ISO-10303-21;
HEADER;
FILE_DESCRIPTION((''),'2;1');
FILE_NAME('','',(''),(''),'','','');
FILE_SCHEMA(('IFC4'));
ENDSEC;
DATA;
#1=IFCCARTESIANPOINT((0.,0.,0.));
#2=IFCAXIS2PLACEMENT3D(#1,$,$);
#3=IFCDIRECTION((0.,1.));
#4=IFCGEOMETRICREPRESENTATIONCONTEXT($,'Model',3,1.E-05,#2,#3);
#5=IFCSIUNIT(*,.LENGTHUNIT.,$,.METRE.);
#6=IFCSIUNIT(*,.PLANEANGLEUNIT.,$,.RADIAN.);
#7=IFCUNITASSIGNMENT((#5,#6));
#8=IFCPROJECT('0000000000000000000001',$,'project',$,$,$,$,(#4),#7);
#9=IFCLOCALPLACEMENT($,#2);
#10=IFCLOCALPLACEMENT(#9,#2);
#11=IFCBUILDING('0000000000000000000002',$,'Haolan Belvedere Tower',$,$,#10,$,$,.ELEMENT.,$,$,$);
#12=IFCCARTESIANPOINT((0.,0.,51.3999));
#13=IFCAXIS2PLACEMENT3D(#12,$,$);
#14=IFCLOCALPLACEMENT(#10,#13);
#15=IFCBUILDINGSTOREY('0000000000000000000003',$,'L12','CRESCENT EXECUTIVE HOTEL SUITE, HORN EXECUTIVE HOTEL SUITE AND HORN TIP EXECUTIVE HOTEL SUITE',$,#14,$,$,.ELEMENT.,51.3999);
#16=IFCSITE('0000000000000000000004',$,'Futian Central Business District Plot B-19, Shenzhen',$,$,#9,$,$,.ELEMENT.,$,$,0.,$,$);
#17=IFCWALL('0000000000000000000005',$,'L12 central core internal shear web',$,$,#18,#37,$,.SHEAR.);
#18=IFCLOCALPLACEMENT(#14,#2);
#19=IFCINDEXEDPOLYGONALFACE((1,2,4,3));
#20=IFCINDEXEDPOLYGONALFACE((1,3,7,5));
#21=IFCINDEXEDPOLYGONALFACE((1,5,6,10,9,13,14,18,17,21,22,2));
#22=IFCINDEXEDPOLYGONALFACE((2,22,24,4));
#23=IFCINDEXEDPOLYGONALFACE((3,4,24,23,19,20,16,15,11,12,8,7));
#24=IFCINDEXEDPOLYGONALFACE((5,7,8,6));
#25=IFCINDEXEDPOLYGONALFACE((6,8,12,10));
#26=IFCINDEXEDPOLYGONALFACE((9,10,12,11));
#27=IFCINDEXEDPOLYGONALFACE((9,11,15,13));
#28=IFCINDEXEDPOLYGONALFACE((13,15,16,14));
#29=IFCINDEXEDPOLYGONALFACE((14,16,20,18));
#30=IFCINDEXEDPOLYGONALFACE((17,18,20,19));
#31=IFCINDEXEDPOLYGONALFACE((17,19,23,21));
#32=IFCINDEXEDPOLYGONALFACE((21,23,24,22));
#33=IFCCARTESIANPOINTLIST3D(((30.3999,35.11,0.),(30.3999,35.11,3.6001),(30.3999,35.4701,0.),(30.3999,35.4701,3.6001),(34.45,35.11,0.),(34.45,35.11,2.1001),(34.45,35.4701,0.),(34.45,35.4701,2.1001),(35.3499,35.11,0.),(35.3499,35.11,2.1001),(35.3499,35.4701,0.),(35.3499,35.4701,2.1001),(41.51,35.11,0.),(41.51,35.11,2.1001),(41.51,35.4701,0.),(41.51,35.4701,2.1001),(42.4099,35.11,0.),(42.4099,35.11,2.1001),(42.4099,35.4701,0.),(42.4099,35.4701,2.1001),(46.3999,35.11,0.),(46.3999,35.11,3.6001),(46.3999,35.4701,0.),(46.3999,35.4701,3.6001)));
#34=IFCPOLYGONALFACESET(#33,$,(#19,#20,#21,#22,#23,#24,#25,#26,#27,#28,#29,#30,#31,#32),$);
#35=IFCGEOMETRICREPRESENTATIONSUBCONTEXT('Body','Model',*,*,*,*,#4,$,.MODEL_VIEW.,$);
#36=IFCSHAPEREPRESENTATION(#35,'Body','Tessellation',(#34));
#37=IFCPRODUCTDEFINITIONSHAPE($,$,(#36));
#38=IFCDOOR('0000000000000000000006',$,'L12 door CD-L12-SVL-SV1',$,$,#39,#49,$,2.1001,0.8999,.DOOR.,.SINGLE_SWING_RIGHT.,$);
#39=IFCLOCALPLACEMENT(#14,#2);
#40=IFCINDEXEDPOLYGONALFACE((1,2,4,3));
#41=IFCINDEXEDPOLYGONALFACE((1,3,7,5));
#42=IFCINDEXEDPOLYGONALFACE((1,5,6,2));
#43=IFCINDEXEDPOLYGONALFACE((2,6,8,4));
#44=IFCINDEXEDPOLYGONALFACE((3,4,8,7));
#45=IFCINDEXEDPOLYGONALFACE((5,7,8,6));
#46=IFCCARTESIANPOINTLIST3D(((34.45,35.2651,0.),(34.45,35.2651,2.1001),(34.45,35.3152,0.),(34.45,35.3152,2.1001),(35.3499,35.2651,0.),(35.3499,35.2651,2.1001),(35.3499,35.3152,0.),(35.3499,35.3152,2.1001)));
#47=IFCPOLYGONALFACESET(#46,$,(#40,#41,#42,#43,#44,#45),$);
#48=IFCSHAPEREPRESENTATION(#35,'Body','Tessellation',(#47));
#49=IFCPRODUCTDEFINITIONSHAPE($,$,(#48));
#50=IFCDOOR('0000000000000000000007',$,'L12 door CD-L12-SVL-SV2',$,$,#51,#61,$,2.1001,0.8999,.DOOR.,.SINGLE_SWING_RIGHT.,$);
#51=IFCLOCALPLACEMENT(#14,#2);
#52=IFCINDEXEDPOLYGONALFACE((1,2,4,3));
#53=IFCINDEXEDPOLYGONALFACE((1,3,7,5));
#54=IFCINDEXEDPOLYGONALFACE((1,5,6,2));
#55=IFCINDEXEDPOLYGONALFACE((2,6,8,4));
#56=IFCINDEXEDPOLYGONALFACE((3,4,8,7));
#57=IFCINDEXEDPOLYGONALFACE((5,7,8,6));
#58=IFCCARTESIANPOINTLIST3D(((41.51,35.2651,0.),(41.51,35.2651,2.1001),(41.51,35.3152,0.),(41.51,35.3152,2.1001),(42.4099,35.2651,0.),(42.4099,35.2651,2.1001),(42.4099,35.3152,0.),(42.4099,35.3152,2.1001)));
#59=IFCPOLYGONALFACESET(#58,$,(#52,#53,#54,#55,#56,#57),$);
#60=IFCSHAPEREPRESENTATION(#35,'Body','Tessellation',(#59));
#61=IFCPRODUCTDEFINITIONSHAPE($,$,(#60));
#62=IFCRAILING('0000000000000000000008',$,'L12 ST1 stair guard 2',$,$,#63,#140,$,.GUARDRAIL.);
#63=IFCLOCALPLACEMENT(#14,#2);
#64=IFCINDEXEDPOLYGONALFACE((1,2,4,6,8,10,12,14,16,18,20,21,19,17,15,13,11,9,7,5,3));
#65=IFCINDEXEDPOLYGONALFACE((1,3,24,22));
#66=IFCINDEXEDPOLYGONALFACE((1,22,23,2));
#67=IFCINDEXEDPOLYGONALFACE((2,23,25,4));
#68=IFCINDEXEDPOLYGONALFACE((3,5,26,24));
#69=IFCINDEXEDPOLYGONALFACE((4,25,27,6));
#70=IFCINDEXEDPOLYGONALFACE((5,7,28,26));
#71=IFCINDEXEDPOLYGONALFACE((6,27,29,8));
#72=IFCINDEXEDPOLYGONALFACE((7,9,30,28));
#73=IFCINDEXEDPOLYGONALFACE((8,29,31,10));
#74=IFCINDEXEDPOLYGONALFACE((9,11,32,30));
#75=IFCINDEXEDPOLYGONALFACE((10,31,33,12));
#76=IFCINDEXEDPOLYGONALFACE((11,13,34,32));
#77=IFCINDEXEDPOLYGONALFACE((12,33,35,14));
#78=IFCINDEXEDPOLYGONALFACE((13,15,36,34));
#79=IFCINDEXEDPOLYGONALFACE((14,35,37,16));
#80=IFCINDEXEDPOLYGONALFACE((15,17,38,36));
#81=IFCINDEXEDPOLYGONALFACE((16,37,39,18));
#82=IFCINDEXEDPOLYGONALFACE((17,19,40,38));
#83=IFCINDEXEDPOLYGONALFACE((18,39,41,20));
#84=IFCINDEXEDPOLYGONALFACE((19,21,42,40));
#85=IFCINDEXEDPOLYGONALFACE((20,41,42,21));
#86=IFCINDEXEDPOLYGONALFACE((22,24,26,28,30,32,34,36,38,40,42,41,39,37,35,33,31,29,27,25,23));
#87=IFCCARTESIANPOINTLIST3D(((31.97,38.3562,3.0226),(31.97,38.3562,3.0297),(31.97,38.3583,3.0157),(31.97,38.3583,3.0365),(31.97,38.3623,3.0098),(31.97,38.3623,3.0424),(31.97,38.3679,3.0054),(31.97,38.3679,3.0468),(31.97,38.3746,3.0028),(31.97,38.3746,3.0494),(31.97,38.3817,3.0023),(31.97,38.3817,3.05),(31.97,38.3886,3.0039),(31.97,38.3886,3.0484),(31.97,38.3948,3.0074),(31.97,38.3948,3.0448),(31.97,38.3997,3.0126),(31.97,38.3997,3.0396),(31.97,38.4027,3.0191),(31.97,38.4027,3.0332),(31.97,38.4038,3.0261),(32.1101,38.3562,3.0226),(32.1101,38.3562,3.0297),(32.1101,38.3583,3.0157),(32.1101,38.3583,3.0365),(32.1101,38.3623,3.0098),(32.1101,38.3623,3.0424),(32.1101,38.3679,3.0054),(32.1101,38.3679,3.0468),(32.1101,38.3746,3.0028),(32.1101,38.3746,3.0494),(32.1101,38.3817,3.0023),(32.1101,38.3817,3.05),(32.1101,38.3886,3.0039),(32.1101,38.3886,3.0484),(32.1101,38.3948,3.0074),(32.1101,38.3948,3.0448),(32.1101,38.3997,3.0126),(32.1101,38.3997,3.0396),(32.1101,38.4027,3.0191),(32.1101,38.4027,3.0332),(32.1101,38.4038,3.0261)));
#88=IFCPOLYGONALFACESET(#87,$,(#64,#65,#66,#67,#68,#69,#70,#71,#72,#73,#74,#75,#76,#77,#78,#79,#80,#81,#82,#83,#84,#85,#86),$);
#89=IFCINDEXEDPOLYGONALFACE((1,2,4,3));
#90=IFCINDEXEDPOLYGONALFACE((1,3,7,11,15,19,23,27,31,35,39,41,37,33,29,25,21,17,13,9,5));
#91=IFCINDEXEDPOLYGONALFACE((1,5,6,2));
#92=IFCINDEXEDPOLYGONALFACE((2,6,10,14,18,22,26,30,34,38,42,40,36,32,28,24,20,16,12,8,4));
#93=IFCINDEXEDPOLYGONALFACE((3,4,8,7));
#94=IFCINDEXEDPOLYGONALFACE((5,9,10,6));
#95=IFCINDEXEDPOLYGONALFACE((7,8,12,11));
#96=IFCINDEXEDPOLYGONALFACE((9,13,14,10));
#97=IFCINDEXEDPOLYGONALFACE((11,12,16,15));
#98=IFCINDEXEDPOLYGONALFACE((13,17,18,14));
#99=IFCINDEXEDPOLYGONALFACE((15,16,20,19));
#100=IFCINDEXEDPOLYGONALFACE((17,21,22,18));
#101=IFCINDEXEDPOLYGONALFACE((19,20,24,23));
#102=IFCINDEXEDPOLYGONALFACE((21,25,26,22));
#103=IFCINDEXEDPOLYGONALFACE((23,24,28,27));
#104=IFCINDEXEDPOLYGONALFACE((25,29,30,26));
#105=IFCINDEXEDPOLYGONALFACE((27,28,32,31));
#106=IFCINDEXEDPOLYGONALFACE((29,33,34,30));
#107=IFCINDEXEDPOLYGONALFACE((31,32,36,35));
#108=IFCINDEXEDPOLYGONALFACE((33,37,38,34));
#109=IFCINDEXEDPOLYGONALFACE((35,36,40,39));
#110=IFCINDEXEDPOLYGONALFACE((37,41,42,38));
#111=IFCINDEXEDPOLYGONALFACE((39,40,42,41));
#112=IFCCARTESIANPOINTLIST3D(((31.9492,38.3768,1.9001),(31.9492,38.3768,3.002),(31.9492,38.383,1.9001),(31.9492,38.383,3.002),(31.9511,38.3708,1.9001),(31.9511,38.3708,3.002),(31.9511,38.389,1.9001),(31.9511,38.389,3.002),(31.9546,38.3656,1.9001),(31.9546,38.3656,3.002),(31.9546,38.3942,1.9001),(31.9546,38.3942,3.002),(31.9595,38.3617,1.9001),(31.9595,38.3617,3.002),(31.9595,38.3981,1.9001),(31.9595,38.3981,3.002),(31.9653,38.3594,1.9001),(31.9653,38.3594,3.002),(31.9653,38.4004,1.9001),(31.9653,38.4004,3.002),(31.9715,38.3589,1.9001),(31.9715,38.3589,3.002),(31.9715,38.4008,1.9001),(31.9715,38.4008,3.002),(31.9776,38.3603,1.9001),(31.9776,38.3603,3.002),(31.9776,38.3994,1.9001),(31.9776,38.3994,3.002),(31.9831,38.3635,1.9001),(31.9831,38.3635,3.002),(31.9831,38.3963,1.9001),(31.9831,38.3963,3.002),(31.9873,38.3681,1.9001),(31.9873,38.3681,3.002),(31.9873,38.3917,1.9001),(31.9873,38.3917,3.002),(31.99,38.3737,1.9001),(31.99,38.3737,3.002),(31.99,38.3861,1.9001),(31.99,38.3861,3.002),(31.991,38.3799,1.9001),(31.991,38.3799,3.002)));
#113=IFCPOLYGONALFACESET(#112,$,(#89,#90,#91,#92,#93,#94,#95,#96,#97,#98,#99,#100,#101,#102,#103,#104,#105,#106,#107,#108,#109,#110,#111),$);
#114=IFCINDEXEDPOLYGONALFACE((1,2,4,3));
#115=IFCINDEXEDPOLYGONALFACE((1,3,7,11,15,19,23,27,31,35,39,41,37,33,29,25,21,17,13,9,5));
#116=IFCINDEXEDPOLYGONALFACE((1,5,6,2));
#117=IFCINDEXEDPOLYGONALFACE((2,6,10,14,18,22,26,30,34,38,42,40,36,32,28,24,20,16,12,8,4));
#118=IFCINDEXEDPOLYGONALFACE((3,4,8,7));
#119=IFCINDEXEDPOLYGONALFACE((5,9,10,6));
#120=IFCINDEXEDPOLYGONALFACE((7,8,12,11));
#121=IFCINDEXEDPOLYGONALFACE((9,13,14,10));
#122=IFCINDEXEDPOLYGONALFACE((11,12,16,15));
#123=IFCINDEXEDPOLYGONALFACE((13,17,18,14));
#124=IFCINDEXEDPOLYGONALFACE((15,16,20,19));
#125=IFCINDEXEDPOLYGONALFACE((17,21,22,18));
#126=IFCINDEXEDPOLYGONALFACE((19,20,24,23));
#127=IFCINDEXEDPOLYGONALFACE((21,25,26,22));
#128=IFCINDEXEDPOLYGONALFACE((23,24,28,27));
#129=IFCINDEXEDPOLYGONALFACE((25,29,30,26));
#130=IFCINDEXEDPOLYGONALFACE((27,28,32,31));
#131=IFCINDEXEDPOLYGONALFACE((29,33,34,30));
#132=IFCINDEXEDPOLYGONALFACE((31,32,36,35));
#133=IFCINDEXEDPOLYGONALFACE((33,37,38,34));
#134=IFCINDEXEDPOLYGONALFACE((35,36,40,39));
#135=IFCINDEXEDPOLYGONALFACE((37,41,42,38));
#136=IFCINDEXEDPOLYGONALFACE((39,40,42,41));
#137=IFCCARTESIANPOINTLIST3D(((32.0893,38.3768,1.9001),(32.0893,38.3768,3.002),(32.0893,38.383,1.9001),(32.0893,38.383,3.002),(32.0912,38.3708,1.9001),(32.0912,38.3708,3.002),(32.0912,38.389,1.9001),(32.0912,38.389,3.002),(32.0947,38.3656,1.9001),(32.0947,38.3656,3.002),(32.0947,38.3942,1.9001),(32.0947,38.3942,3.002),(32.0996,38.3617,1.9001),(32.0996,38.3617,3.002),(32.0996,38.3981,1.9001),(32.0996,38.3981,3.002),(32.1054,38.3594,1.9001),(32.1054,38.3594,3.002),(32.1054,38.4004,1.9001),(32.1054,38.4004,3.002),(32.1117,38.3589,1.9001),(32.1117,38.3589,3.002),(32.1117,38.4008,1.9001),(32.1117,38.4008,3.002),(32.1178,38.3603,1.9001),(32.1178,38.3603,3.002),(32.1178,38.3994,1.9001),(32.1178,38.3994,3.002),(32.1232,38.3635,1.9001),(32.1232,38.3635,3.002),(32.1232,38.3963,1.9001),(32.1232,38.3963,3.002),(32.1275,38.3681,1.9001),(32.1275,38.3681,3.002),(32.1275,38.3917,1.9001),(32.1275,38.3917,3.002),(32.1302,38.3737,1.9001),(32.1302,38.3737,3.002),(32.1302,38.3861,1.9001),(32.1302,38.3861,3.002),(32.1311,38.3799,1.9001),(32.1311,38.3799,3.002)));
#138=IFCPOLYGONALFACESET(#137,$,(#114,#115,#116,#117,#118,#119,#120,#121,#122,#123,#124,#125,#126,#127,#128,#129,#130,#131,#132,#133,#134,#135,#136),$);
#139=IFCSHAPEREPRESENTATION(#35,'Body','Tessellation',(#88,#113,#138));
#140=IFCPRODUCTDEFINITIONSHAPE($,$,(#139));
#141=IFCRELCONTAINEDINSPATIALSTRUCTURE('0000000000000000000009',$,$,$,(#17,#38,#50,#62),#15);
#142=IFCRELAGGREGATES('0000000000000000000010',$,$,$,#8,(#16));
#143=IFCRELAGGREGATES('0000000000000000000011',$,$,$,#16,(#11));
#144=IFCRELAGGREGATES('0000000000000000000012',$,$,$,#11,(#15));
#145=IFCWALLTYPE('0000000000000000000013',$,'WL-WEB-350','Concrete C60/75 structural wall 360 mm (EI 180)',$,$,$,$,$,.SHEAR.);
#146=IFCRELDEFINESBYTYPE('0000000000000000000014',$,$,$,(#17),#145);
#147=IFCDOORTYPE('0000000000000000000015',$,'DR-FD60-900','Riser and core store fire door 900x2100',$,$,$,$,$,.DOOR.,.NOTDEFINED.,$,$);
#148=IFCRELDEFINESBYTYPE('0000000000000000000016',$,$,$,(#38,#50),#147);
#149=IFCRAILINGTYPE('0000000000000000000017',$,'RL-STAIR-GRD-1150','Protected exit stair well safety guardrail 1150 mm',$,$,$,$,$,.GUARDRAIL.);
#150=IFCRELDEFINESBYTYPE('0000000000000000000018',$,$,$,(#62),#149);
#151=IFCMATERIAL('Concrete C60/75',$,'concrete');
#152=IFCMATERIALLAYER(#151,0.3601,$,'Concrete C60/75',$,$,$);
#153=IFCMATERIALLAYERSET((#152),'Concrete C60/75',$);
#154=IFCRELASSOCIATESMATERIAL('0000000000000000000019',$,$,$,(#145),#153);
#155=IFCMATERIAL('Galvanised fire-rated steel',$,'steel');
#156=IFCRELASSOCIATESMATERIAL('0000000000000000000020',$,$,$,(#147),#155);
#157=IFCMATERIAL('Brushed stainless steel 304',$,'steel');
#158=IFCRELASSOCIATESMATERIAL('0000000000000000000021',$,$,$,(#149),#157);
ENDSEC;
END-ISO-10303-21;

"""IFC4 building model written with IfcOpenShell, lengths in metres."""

from ifc_helpers import new_model, si_unit, direction, frame, frame_2d, origin, origin_2d, place, context, subcontext, project, spatial, rectangle, circle, extrude, material, layer, layer_set, type_object, element, fill, save


model = new_model("IFC4")

# Units and contexts
model_context = context("Model", 3, precision=1e-05, world=origin(), true_north=direction((0.0, 1.0)))
body_context = subcontext(model_context, "Body", "Model", "MODEL_VIEW")
ifc_project = project(units=[si_unit("LENGTHUNIT", "METRE"), si_unit("PLANEANGLEUNIT", "RADIAN")], contexts=[model_context])

# Site, building, storey
site_placement = place(None, origin())
site = spatial("IfcSite", under=ifc_project, at=site_placement, Name="Futian Central Business District Plot B-19, Shenzhen", CompositionType="ELEMENT", RefElevation=0.0)
building_placement = place(site_placement, origin())
building = spatial("IfcBuilding", under=site, at=building_placement, Name="Haolan Belvedere Tower", CompositionType="ELEMENT")
storey_placement = place(building_placement, frame((0.0, 0.0, 51.3999)))
storey = spatial("IfcBuildingStorey", under=building, at=storey_placement, Name="L12", Description="CRESCENT EXECUTIVE HOTEL SUITE, HORN EXECUTIVE HOTEL SUITE AND HORN TIP EXECUTIVE HOTEL SUITE", CompositionType="ELEMENT", Elevation=51.3999)

# Shared definitions
ifc_material_1 = material(Name="Concrete C60/75", Category="concrete")

# Wall, openings, doors
ifc_layer_1 = layer(ifc_material_1, 0.3601, Name="Concrete C60/75")
ifc_layer_set_1 = layer_set([ifc_layer_1], Name="Concrete C60/75")
wall_type_1 = type_object("IfcWallType", Name="WL-WEB-350", Description="Concrete C60/75 structural wall 360 mm (EI 180)", PredefinedType="SHEAR", material=ifc_layer_set_1)
wall_1_placement = place(storey_placement, frame((30.3999, 35.29, 0.0), z_axis=(0.0, 0.0, 1.0), x_axis=(1.0, 0.0, 0.0)))
wall_1 = element("IfcWall", 1, at=wall_1_placement, inside=storey, type_object=wall_type_1, Name="L12 central core internal shear web", PredefinedType="SHEAR", context=body_context, shape_type="SweptSolid", body=[
    extrude(rectangle(XDim=16.0, YDim=0.3601, at=frame_2d((8.0, 0.0))), origin(), (0.0, 0.0, 1.0), 3.6001),
])
opening_1_placement = place(wall_1_placement, frame((4.95, 0.0, 0.0), z_axis=(0.0, 0.0, 1.0), x_axis=(-1.0, 0.0, 0.0)))
opening_1 = element("IfcOpeningElement", 2, at=opening_1_placement, cuts=wall_1, PredefinedType="OPENING", context=body_context, shape_type="SweptSolid", body=[
    extrude(rectangle(XDim=0.8999, YDim=2.1001, at=frame_2d((0.45, 1.05))), frame((0.0, 0.1899, 0.0), z_axis=(0.0, -1.0, 0.0), x_axis=(1.0, 0.0, 0.0)), (0.0, 0.0, 1.0), 0.3801),
])
opening_2_placement = place(wall_1_placement, frame((12.01, 0.0, 0.0), z_axis=(0.0, 0.0, 1.0), x_axis=(-1.0, 0.0, 0.0)))
opening_2 = element("IfcOpeningElement", 3, at=opening_2_placement, cuts=wall_1, PredefinedType="OPENING", context=body_context, shape_type="SweptSolid", body=[
    extrude(rectangle(XDim=0.8999, YDim=2.1001, at=frame_2d((0.45, 1.05))), frame((0.0, 0.1899, 0.0), z_axis=(0.0, -1.0, 0.0), x_axis=(1.0, 0.0, 0.0)), (0.0, 0.0, 1.0), 0.3801),
])
ifc_material_2 = material(Name="Galvanised fire-rated steel", Category="steel")
door_type_1 = type_object("IfcDoorType", Name="DR-FD60-900", Description="Riser and core store fire door 900x2100", OperationType="NOTDEFINED", PredefinedType="DOOR", material=ifc_material_2)
door_1_placement = place(opening_1_placement, origin())
door_1 = element("IfcDoor", 4, at=door_1_placement, inside=storey, type_object=door_type_1, Name="L12 door CD-L12-SVL-SV1", OperationType="SINGLE_SWING_RIGHT", OverallHeight=2.1001, OverallWidth=0.8999, PredefinedType="DOOR", context=body_context, shape_type="SweptSolid", body=[
    extrude(rectangle(XDim=0.8999, YDim=2.1001, at=frame_2d((0.45, 1.05))), frame((0.0, 0.0249, 0.0), z_axis=(0.0, -1.0, 0.0), x_axis=(1.0, 0.0, 0.0)), (0.0, 0.0, 1.0), 0.05),
])
fill(opening_1, door_1)
door_2_placement = place(opening_2_placement, origin())
door_2 = element("IfcDoor", 5, at=door_2_placement, inside=storey, type_object=door_type_1, Name="L12 door CD-L12-SVL-SV2", OperationType="SINGLE_SWING_RIGHT", OverallHeight=2.1001, OverallWidth=0.8999, PredefinedType="DOOR", context=body_context, shape_type="SweptSolid", body=[
    extrude(rectangle(XDim=0.8999, YDim=2.1001, at=frame_2d((0.45, 1.05))), frame((0.0, 0.0249, 0.0), z_axis=(0.0, -1.0, 0.0), x_axis=(1.0, 0.0, 0.0)), (0.0, 0.0, 1.0), 0.05),
])
fill(opening_2, door_2)

# Railing
ifc_material_3 = material(Name="Brushed stainless steel 304", Category="steel")
railing_type = type_object("IfcRailingType", Name="RL-STAIR-GRD-1150", Description="Protected exit stair well safety guardrail 1150 mm", PredefinedType="GUARDRAIL", material=ifc_material_3)
railing_1_placement = place(storey_placement, frame((31.97, 38.3799, 1.9001)))
element("IfcRailing", 6, at=railing_1_placement, inside=storey, type_object=railing_type, Name="L12 ST1 stair guard 2", PredefinedType="GUARDRAIL", context=body_context, shape_type="SweptSolid", body=[
    extrude(circle(Radius=0.0239, at=origin_2d()), frame((0.0, 0.0, 1.126), z_axis=(1.0, 0.0, 0.0), x_axis=(0.0, 1.0, 0.0)), (0.0, 0.0, 1.0), 0.1401),
    extrude(circle(Radius=0.021, at=origin_2d()), origin(), (0.0, 0.0, 1.0), 1.1018),
    extrude(circle(Radius=0.021, at=origin_2d()), frame((0.1401, 0.0, 0.0)), (0.0, 0.0, 1.0), 1.1018),
])

save(model, "model.ifc")
